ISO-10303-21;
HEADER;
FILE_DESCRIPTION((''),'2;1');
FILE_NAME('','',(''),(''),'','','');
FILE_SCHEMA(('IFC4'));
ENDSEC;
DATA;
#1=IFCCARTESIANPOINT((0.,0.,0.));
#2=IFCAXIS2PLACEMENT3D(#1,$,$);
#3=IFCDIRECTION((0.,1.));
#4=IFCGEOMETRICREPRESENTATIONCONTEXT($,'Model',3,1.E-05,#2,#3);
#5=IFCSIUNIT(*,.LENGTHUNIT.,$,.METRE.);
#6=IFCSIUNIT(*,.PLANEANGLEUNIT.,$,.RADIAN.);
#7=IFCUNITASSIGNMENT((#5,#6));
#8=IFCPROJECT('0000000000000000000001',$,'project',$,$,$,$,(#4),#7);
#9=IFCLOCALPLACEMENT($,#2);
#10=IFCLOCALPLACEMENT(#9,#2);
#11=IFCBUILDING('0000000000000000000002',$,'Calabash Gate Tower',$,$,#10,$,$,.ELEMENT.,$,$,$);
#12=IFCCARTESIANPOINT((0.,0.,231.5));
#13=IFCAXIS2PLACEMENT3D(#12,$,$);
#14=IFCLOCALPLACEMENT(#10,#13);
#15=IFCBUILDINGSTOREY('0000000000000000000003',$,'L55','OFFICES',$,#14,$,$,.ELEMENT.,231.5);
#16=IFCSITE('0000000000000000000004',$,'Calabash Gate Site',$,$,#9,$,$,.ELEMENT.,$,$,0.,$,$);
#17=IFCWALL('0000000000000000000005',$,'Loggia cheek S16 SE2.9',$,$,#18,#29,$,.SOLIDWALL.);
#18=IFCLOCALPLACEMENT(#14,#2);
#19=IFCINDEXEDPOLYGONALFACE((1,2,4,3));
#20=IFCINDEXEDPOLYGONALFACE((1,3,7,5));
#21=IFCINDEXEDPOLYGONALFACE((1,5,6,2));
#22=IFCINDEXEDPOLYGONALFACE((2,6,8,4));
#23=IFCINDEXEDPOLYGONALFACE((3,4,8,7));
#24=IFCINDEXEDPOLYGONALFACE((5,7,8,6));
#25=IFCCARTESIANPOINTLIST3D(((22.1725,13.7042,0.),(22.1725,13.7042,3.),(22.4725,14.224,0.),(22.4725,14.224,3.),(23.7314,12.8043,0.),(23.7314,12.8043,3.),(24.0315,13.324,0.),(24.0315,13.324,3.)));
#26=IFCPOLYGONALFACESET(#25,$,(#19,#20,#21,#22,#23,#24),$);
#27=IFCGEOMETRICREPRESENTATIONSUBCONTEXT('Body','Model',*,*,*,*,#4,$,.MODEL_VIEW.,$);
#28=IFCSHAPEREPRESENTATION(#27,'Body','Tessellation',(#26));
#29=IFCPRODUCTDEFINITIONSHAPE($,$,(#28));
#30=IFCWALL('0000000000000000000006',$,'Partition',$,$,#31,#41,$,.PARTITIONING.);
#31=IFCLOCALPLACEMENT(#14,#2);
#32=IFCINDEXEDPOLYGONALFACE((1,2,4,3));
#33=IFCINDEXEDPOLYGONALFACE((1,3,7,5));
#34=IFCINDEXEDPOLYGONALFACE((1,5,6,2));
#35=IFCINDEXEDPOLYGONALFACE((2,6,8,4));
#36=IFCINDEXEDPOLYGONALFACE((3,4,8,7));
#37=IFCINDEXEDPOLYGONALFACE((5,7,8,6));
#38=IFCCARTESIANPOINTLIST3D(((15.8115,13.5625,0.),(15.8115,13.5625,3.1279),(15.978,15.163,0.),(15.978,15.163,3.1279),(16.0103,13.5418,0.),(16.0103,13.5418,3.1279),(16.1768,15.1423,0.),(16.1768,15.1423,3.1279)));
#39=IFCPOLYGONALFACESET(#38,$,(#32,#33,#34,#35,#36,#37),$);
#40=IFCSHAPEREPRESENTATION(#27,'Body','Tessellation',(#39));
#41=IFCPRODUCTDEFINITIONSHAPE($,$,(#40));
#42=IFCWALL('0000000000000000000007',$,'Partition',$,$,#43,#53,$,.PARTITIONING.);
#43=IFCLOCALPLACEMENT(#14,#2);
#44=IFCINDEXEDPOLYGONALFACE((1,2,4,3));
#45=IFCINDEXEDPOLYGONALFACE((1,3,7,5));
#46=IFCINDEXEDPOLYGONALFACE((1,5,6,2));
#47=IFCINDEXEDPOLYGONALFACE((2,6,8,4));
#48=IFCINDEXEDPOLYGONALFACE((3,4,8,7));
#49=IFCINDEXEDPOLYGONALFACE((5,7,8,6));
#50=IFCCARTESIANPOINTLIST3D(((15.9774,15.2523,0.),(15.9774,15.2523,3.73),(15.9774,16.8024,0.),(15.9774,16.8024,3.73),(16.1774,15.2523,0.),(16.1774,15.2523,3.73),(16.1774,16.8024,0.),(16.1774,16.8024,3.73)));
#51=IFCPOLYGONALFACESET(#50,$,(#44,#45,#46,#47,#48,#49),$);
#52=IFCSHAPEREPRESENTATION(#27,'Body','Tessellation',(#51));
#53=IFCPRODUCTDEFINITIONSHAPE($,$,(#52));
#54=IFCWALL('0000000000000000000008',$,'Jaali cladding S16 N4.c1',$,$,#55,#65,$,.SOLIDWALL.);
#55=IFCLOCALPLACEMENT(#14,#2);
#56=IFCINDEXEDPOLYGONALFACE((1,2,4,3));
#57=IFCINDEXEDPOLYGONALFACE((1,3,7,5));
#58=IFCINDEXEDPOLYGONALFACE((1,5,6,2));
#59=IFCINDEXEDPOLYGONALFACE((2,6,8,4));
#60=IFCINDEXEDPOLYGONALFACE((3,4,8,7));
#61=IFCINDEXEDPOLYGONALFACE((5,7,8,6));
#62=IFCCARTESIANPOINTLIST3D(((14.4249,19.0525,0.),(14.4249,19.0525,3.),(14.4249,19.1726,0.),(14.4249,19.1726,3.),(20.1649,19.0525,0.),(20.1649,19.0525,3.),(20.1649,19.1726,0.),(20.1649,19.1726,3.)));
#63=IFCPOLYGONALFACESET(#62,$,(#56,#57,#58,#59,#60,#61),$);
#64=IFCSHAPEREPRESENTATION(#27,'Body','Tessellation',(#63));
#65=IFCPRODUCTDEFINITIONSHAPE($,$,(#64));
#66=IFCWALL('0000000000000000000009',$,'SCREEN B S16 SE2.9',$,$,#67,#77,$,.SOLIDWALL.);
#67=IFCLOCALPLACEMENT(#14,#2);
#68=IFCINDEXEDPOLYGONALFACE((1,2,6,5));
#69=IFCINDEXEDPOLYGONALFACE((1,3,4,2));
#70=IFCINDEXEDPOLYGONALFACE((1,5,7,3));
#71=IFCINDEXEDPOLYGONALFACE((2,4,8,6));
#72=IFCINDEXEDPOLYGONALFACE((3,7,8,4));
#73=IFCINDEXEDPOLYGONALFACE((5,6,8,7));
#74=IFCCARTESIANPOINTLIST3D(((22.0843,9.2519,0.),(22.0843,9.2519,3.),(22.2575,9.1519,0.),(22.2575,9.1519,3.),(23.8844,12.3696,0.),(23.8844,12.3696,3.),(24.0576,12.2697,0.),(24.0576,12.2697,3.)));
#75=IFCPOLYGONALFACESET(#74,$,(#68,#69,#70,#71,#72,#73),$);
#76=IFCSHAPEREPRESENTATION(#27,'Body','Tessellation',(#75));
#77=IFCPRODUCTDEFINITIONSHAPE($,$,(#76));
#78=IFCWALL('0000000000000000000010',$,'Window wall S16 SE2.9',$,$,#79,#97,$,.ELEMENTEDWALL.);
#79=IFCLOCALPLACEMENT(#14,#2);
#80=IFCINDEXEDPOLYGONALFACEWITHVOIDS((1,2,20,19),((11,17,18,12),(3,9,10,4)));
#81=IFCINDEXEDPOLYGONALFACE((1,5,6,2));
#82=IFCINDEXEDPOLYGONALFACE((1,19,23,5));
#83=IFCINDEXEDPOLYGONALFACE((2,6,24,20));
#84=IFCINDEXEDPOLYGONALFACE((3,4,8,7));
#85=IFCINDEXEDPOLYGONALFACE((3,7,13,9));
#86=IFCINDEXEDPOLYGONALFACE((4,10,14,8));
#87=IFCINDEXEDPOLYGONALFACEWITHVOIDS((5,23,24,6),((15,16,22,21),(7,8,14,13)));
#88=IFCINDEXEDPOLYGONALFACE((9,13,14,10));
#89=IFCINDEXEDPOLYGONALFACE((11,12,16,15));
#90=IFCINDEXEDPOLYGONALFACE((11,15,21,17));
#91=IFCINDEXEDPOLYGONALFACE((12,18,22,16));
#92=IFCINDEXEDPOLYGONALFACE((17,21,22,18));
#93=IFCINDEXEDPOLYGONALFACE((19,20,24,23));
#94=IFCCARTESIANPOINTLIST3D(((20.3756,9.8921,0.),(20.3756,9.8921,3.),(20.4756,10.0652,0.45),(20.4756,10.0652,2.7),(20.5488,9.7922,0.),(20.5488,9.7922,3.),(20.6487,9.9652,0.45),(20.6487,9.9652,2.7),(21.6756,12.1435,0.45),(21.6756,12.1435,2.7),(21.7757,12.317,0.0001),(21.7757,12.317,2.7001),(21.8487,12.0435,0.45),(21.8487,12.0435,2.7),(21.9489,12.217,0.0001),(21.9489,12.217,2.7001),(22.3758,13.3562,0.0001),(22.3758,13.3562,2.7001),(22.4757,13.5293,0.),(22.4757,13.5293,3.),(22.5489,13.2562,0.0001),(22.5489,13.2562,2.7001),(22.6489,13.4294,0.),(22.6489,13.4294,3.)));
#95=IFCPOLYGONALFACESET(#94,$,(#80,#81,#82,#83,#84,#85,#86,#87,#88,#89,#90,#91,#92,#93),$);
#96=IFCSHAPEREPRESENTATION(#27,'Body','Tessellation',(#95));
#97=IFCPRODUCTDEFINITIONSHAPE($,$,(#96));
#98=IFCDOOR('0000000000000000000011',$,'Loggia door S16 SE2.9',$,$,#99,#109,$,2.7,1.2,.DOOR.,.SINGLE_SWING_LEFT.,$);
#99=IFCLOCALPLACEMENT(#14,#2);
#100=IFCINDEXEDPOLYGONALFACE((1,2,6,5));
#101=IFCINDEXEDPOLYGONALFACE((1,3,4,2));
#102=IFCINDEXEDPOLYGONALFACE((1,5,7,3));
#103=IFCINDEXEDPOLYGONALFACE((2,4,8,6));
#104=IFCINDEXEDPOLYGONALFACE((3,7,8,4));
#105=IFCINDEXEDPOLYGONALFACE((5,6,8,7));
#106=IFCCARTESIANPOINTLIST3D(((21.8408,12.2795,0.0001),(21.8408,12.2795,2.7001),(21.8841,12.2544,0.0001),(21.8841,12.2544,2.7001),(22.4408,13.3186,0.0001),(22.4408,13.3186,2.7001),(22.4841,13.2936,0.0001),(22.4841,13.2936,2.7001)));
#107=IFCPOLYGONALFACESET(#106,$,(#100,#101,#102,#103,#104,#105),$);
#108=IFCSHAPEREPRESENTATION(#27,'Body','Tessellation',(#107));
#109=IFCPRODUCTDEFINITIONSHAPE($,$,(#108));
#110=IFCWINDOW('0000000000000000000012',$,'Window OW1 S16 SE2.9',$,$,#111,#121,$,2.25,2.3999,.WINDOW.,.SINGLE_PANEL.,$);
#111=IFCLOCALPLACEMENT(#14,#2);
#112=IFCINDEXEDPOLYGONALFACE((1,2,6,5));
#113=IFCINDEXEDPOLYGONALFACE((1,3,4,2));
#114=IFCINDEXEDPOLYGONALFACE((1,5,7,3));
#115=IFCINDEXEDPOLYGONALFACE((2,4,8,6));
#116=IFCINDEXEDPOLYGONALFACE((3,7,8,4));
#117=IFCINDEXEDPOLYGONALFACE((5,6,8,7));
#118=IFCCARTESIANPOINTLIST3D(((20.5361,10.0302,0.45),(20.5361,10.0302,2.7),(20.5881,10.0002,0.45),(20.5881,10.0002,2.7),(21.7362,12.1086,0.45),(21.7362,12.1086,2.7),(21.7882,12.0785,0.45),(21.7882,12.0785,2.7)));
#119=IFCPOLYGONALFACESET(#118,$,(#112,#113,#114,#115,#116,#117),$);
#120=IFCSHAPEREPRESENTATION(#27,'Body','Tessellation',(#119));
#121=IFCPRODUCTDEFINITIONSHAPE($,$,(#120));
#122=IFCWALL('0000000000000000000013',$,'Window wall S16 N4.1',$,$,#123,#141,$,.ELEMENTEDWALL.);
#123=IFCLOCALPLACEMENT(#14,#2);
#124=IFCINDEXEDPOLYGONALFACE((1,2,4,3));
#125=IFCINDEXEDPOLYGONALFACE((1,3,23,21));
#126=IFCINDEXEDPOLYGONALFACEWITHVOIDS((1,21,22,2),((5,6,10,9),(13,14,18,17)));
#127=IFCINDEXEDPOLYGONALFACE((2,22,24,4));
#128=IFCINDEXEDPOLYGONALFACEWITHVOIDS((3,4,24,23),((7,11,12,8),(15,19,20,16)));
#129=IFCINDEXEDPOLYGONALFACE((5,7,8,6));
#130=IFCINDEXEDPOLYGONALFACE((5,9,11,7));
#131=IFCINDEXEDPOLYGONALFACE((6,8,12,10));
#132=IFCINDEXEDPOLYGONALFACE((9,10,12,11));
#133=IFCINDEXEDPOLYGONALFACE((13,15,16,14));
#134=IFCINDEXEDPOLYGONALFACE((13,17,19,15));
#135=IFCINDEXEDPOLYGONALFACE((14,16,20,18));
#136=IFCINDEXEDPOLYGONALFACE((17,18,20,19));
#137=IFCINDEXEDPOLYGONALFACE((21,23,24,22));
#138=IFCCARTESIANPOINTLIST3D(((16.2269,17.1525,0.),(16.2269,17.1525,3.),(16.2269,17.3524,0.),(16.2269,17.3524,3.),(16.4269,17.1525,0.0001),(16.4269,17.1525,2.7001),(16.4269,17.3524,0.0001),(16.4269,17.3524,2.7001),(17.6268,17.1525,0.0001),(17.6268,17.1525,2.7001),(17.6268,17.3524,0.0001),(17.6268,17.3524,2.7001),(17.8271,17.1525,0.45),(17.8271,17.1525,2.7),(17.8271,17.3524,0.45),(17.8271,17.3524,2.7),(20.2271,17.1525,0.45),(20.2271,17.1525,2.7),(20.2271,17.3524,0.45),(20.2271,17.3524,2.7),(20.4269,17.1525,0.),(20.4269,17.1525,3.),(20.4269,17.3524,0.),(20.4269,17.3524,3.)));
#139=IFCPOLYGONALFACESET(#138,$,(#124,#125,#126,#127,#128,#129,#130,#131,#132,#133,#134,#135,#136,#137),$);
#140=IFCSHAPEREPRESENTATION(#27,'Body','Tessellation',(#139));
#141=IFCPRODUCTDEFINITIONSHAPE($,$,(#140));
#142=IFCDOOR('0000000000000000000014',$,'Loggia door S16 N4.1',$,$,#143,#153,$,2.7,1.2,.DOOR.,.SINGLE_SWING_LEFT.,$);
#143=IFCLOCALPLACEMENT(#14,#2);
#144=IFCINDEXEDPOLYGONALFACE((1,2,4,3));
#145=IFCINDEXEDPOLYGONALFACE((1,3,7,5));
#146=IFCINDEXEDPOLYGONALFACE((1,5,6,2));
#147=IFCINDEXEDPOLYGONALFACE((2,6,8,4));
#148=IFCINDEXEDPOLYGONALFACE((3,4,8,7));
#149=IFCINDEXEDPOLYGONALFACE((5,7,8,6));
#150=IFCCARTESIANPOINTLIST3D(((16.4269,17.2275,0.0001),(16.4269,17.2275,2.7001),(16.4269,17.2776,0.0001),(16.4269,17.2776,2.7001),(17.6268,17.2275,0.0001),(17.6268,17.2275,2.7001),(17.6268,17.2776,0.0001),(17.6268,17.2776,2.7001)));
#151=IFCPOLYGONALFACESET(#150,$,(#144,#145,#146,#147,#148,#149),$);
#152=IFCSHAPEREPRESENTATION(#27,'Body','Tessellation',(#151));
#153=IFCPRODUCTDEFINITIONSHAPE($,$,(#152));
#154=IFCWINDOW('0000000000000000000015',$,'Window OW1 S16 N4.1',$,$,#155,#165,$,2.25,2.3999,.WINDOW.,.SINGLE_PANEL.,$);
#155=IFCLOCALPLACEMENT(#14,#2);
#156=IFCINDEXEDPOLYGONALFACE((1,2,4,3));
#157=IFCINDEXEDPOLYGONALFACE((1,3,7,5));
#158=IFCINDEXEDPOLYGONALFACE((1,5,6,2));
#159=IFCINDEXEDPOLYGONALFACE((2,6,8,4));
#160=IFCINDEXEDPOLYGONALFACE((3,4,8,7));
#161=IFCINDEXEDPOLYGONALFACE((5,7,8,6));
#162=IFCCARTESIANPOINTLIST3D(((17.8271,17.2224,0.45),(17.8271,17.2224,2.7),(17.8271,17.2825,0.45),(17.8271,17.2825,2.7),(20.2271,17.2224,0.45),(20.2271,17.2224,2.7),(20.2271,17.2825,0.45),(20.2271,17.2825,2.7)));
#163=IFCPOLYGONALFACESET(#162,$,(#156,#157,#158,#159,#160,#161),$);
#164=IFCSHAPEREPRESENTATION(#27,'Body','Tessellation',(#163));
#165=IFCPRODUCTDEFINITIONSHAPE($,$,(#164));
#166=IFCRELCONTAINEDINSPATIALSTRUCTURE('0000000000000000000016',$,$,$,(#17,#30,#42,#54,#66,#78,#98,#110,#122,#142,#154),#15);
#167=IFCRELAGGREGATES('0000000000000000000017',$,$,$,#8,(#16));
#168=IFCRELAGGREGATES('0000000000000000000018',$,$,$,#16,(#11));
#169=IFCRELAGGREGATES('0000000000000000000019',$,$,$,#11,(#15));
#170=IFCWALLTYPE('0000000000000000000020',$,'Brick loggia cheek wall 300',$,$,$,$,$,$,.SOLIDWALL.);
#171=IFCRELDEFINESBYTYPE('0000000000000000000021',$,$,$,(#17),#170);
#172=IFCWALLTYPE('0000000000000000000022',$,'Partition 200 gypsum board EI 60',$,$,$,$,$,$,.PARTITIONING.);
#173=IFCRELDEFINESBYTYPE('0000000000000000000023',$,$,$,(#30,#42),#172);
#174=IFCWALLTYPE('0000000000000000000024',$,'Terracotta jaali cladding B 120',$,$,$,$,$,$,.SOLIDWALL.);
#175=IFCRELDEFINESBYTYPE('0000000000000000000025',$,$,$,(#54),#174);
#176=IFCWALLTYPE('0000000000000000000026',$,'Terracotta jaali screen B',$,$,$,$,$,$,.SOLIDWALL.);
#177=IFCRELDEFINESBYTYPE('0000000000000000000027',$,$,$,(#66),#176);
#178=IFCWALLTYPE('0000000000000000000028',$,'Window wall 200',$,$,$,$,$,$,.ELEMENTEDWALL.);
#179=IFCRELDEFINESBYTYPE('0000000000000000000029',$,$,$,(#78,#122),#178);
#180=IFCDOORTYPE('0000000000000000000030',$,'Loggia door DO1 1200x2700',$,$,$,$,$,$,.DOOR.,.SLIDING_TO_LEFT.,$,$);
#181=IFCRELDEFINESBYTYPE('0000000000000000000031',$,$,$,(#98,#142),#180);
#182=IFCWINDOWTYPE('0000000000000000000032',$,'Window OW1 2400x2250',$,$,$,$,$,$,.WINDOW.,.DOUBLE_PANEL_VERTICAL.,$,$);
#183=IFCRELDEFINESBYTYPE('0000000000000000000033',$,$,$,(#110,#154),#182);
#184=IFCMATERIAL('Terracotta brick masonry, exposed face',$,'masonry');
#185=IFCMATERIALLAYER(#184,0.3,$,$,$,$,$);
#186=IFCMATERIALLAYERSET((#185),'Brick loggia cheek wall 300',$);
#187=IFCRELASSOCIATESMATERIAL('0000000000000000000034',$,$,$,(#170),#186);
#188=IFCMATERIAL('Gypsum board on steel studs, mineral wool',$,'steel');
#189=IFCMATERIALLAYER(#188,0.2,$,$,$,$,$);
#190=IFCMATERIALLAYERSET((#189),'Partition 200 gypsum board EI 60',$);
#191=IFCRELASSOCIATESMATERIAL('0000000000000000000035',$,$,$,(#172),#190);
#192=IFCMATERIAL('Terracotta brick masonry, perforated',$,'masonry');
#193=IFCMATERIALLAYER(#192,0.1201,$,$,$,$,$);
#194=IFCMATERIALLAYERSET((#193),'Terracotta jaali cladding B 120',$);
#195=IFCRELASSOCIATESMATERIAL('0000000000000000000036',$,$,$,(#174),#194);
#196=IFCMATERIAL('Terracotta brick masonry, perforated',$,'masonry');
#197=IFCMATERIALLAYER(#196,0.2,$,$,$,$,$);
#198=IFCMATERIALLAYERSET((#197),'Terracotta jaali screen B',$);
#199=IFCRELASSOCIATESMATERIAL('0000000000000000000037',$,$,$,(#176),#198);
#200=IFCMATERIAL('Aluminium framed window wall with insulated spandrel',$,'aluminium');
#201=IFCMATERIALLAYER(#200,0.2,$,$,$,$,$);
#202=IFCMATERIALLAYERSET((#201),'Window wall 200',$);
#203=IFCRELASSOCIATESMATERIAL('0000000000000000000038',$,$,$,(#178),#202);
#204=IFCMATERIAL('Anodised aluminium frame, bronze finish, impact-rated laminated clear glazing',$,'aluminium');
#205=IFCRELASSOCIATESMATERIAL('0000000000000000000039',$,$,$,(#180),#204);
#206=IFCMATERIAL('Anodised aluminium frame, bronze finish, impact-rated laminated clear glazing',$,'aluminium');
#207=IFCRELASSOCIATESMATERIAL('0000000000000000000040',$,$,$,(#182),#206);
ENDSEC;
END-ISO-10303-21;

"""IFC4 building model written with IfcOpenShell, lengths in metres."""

from ifc_helpers import new_model, si_unit, direction, frame, frame_2d, origin, place, context, subcontext, project, spatial, rectangle, extrude, material, layer, layer_set, type_object, element, fill, save


model = new_model("IFC4")

# Units and contexts
model_context = context("Model", 3, precision=1e-05, world=origin(), true_north=direction((0.0, 1.0)))
body_context = subcontext(model_context, "Body", "Model", "MODEL_VIEW")
ifc_project = project(units=[si_unit("LENGTHUNIT", "METRE"), si_unit("PLANEANGLEUNIT", "RADIAN")], contexts=[model_context])

# Site, building, storey
site_placement = place(None, origin())
site = spatial("IfcSite", under=ifc_project, at=site_placement, Name="Calabash Gate Site", CompositionType="ELEMENT", RefElevation=0.0)
building_placement = place(site_placement, origin())
building = spatial("IfcBuilding", under=site, at=building_placement, Name="Calabash Gate Tower", CompositionType="ELEMENT")
storey_placement = place(building_placement, frame((0.0, 0.0, 231.5)))
storey = spatial("IfcBuildingStorey", under=building, at=storey_placement, Name="L55", Description="OFFICES", CompositionType="ELEMENT", Elevation=231.5)

# Walls
ifc_material_1 = material(Name="Terracotta brick masonry, exposed face", Category="masonry")
ifc_layer_1 = layer(ifc_material_1, 0.3)
ifc_layer_set_1 = layer_set([ifc_layer_1], Name="Brick loggia cheek wall 300")
wall_type_1 = type_object("IfcWallType", Name="Brick loggia cheek wall 300", PredefinedType="SOLIDWALL", material=ifc_layer_set_1)
wall_1_placement = place(storey_placement, frame((23.8813, 13.0642, 0.0), z_axis=(0.0, 0.0, 1.0), x_axis=(-0.866048, 0.499961, 0.0)))
element("IfcWall", 1, at=wall_1_placement, inside=storey, type_object=wall_type_1, Name="Loggia cheek S16 SE2.9", PredefinedType="SOLIDWALL", context=body_context, shape_type="SweptSolid", body=[
    extrude(rectangle(XDim=1.8, YDim=0.6001, at=frame_2d((0.8999, 0.0))), origin(), (0.0, 0.0, 1.0), 3.0),
])
ifc_material_2 = material(Name="Gypsum board on steel studs, mineral wool", Category="steel")
ifc_layer_2 = layer(ifc_material_2, 0.2)
ifc_layer_set_2 = layer_set([ifc_layer_2], Name="Partition 200 gypsum board EI 60")
wall_type_2 = type_object("IfcWallType", Name="Partition 200 gypsum board EI 60", PredefinedType="PARTITIONING", material=ifc_layer_set_2)
wall_2_placement = place(storey_placement, frame((15.9109, 13.552, 0.0), z_axis=(0.0, 0.0, 1.0), x_axis=(0.103469, 0.994633, 0.0)))
element("IfcWall", 2, at=wall_2_placement, inside=storey, type_object=wall_type_2, Name="Partition", PredefinedType="PARTITIONING", context=body_context, shape_type="SweptSolid", body=[
    extrude(rectangle(XDim=1.6091, YDim=0.2, at=frame_2d((0.8047, 0.0))), origin(), (0.0, 0.0, 1.0), 3.1279),
])
wall_3_placement = place(storey_placement, frame((16.0774, 15.2524, 0.0), z_axis=(0.0, 0.0, 1.0), x_axis=(0.0, 1.0, 0.0)))
element("IfcWall", 3, at=wall_3_placement, inside=storey, type_object=wall_type_2, Name="Partition", PredefinedType="PARTITIONING", context=body_context, shape_type="SweptSolid", body=[
    extrude(rectangle(XDim=1.55, YDim=0.2, at=frame_2d((0.7749, 0.0))), origin(), (0.0, 0.0, 1.0), 3.73),
])
ifc_material_3 = material(Name="Terracotta brick masonry, perforated", Category="masonry")
ifc_layer_3 = layer(ifc_material_3, 0.1201)
ifc_layer_set_3 = layer_set([ifc_layer_3], Name="Terracotta jaali cladding B 120")
wall_type_3 = type_object("IfcWallType", Name="Terracotta jaali cladding B 120", PredefinedType="SOLIDWALL", material=ifc_layer_set_3)
wall_4_placement = place(storey_placement, frame((14.4248, 19.1125, 0.0), z_axis=(0.0, 0.0, 1.0), x_axis=(1.0, 0.0, 0.0)))
element("IfcWall", 4, at=wall_4_placement, inside=storey, type_object=wall_type_3, Name="Jaali cladding S16 N4.c1", PredefinedType="SOLIDWALL", context=body_context, shape_type="SweptSolid", body=[
    extrude(rectangle(XDim=5.74, YDim=0.1201, at=frame_2d((2.8701, 0.0))), origin(), (0.0, 0.0, 1.0), 3.0),
])
ifc_material_4 = material(Name="Terracotta brick masonry, perforated", Category="masonry")
ifc_layer_4 = layer(ifc_material_4, 0.2)
ifc_layer_set_4 = layer_set([ifc_layer_4], Name="Terracotta jaali screen B")
wall_type_4 = type_object("IfcWallType", Name="Terracotta jaali screen B", PredefinedType="SOLIDWALL", material=ifc_layer_set_4)
wall_5_placement = place(storey_placement, frame((22.1709, 9.2019, 0.0), z_axis=(0.0, 0.0, 1.0), x_axis=(0.500012, 0.866018, 0.0)))
element("IfcWall", 5, at=wall_5_placement, inside=storey, type_object=wall_type_4, Name="SCREEN B S16 SE2.9", PredefinedType="SOLIDWALL", context=body_context, shape_type="SweptSolid", body=[
    extrude(rectangle(XDim=3.6001, YDim=0.2, at=frame_2d((1.8, 0.0))), origin(), (0.0, 0.0, 1.0), 3.0),
])

# Walls, openings, doors, windows
ifc_material_5 = material(Name="Aluminium framed window wall with insulated spandrel", Category="aluminium")
ifc_layer_5 = layer(ifc_material_5, 0.2)
ifc_layer_set_5 = layer_set([ifc_layer_5], Name="Window wall 200")
wall_type_5 = type_object("IfcWallType", Name="Window wall 200", PredefinedType="ELEMENTEDWALL", material=ifc_layer_set_5)
wall_6_placement = place(storey_placement, frame((20.4622, 9.842, 0.0), z_axis=(0.0, 0.0, 1.0), x_axis=(0.500028, 0.866009, 0.0)))
wall_6 = element("IfcWall", 6, at=wall_6_placement, inside=storey, type_object=wall_type_5, Name="Window wall S16 SE2.9", PredefinedType="ELEMENTEDWALL", context=body_context, shape_type="SweptSolid", body=[
    extrude(rectangle(XDim=4.2, YDim=0.2, at=frame_2d((2.1001, 0.0))), origin(), (0.0, 0.0, 1.0), 3.0),
])
opening_1_placement = place(wall_6_placement, frame((0.2, 0.0, 0.45)))
opening_1 = element("IfcOpeningElement", 7, at=opening_1_placement, cuts=wall_6, PredefinedType="OPENING", context=body_context, shape_type="SweptSolid", body=[
    extrude(rectangle(XDim=2.3999, YDim=2.25, at=frame_2d((1.2, 1.125))), frame((0.0, 0.1099, 0.0), z_axis=(0.0, -1.0, 0.0), x_axis=(1.0, 0.0, 0.0)), (0.0, 0.0, 1.0), 0.22),
])
opening_2_placement = place(wall_6_placement, frame((2.8, 0.0, 0.0)))
opening_2 = element("IfcOpeningElement", 8, at=opening_2_placement, cuts=wall_6, PredefinedType="OPENING", context=body_context, shape_type="SweptSolid", body=[
    extrude(rectangle(XDim=1.2, YDim=2.7, at=frame_2d((0.6001, 1.3501))), frame((0.0, 0.1099, 0.0), z_axis=(0.0, -1.0, 0.0), x_axis=(1.0, 0.0, 0.0)), (0.0, 0.0, 1.0), 0.22),
])
ifc_material_6 = material(Name="Anodised aluminium frame, bronze finish, impact-rated laminated clear glazing", Category="aluminium")
door_type = type_object("IfcDoorType", Name="Loggia door DO1 1200x2700", OperationType="SLIDING_TO_LEFT", PredefinedType="DOOR", material=ifc_material_6)
door_1_placement = place(opening_2_placement, origin())
door_1 = element("IfcDoor", 9, at=door_1_placement, inside=storey, type_object=door_type, Name="Loggia door S16 SE2.9", OperationType="SINGLE_SWING_LEFT", OverallHeight=2.7, OverallWidth=1.2, PredefinedType="DOOR", context=body_context, shape_type="SweptSolid", body=[
    extrude(rectangle(XDim=1.2, YDim=2.7, at=frame_2d((0.6001, 1.3501))), frame((0.0, 0.0249, 0.0), z_axis=(0.0, -1.0, 0.0), x_axis=(1.0, 0.0, 0.0)), (0.0, 0.0, 1.0), 0.05),
])
fill(opening_2, door_1)
ifc_material_7 = material(Name="Anodised aluminium frame, bronze finish, impact-rated laminated clear glazing", Category="aluminium")
window_type = type_object("IfcWindowType", Name="Window OW1 2400x2250", PartitioningType="DOUBLE_PANEL_VERTICAL", PredefinedType="WINDOW", material=ifc_material_7)
window_1_placement = place(opening_1_placement, origin())
window_1 = element("IfcWindow", 10, at=window_1_placement, inside=storey, type_object=window_type, Name="Window OW1 S16 SE2.9", OverallHeight=2.25, OverallWidth=2.3999, PartitioningType="SINGLE_PANEL", PredefinedType="WINDOW", context=body_context, shape_type="SweptSolid", body=[
    extrude(rectangle(XDim=2.3999, YDim=2.25, at=frame_2d((1.2, 1.125))), frame((0.0, 0.03, 0.0), z_axis=(0.0, -1.0, 0.0), x_axis=(1.0, 0.0, 0.0)), (0.0, 0.0, 1.0), 0.0601),
])
fill(opening_1, window_1)
wall_7_placement = place(storey_placement, frame((20.427, 17.2524, 0.0), z_axis=(0.0, 0.0, 1.0), x_axis=(-1.0, 0.0, 0.0)))
wall_7 = element("IfcWall", 11, at=wall_7_placement, inside=storey, type_object=wall_type_5, Name="Window wall S16 N4.1", PredefinedType="ELEMENTEDWALL", context=body_context, shape_type="SweptSolid", body=[
    extrude(rectangle(XDim=4.2, YDim=0.2, at=frame_2d((2.1001, 0.0))), origin(), (0.0, 0.0, 1.0), 3.0),
])
opening_3_placement = place(wall_7_placement, frame((0.2, 0.0, 0.45)))
opening_3 = element("IfcOpeningElement", 12, at=opening_3_placement, cuts=wall_7, PredefinedType="OPENING", context=body_context, shape_type="SweptSolid", body=[
    extrude(rectangle(XDim=2.3999, YDim=2.25, at=frame_2d((1.2, 1.125))), frame((0.0, 0.1099, 0.0), z_axis=(0.0, -1.0, 0.0), x_axis=(1.0, 0.0, 0.0)), (0.0, 0.0, 1.0), 0.22),
])
opening_4_placement = place(wall_7_placement, frame((2.8, 0.0, 0.0)))
opening_4 = element("IfcOpeningElement", 13, at=opening_4_placement, cuts=wall_7, PredefinedType="OPENING", context=body_context, shape_type="SweptSolid", body=[
    extrude(rectangle(XDim=1.2, YDim=2.7, at=frame_2d((0.6001, 1.3501))), frame((0.0, 0.1099, 0.0), z_axis=(0.0, -1.0, 0.0), x_axis=(1.0, 0.0, 0.0)), (0.0, 0.0, 1.0), 0.22),
])
door_2_placement = place(opening_4_placement, origin())
door_2 = element("IfcDoor", 14, at=door_2_placement, inside=storey, type_object=door_type, Name="Loggia door S16 N4.1", OperationType="SINGLE_SWING_LEFT", OverallHeight=2.7, OverallWidth=1.2, PredefinedType="DOOR", context=body_context, shape_type="SweptSolid", body=[
    extrude(rectangle(XDim=1.2, YDim=2.7, at=frame_2d((0.6001, 1.3501))), frame((0.0, 0.0249, 0.0), z_axis=(0.0, -1.0, 0.0), x_axis=(1.0, 0.0, 0.0)), (0.0, 0.0, 1.0), 0.05),
])
fill(opening_4, door_2)
window_2_placement = place(opening_3_placement, origin())
window_2 = element("IfcWindow", 15, at=window_2_placement, inside=storey, type_object=window_type, Name="Window OW1 S16 N4.1", OverallHeight=2.25, OverallWidth=2.3999, PartitioningType="SINGLE_PANEL", PredefinedType="WINDOW", context=body_context, shape_type="SweptSolid", body=[
    extrude(rectangle(XDim=2.3999, YDim=2.25, at=frame_2d((1.2, 1.125))), frame((0.0, 0.03, 0.0), z_axis=(0.0, -1.0, 0.0), x_axis=(1.0, 0.0, 0.0)), (0.0, 0.0, 1.0), 0.0601),
])
fill(opening_3, window_2)

save(model, "model.ifc")
